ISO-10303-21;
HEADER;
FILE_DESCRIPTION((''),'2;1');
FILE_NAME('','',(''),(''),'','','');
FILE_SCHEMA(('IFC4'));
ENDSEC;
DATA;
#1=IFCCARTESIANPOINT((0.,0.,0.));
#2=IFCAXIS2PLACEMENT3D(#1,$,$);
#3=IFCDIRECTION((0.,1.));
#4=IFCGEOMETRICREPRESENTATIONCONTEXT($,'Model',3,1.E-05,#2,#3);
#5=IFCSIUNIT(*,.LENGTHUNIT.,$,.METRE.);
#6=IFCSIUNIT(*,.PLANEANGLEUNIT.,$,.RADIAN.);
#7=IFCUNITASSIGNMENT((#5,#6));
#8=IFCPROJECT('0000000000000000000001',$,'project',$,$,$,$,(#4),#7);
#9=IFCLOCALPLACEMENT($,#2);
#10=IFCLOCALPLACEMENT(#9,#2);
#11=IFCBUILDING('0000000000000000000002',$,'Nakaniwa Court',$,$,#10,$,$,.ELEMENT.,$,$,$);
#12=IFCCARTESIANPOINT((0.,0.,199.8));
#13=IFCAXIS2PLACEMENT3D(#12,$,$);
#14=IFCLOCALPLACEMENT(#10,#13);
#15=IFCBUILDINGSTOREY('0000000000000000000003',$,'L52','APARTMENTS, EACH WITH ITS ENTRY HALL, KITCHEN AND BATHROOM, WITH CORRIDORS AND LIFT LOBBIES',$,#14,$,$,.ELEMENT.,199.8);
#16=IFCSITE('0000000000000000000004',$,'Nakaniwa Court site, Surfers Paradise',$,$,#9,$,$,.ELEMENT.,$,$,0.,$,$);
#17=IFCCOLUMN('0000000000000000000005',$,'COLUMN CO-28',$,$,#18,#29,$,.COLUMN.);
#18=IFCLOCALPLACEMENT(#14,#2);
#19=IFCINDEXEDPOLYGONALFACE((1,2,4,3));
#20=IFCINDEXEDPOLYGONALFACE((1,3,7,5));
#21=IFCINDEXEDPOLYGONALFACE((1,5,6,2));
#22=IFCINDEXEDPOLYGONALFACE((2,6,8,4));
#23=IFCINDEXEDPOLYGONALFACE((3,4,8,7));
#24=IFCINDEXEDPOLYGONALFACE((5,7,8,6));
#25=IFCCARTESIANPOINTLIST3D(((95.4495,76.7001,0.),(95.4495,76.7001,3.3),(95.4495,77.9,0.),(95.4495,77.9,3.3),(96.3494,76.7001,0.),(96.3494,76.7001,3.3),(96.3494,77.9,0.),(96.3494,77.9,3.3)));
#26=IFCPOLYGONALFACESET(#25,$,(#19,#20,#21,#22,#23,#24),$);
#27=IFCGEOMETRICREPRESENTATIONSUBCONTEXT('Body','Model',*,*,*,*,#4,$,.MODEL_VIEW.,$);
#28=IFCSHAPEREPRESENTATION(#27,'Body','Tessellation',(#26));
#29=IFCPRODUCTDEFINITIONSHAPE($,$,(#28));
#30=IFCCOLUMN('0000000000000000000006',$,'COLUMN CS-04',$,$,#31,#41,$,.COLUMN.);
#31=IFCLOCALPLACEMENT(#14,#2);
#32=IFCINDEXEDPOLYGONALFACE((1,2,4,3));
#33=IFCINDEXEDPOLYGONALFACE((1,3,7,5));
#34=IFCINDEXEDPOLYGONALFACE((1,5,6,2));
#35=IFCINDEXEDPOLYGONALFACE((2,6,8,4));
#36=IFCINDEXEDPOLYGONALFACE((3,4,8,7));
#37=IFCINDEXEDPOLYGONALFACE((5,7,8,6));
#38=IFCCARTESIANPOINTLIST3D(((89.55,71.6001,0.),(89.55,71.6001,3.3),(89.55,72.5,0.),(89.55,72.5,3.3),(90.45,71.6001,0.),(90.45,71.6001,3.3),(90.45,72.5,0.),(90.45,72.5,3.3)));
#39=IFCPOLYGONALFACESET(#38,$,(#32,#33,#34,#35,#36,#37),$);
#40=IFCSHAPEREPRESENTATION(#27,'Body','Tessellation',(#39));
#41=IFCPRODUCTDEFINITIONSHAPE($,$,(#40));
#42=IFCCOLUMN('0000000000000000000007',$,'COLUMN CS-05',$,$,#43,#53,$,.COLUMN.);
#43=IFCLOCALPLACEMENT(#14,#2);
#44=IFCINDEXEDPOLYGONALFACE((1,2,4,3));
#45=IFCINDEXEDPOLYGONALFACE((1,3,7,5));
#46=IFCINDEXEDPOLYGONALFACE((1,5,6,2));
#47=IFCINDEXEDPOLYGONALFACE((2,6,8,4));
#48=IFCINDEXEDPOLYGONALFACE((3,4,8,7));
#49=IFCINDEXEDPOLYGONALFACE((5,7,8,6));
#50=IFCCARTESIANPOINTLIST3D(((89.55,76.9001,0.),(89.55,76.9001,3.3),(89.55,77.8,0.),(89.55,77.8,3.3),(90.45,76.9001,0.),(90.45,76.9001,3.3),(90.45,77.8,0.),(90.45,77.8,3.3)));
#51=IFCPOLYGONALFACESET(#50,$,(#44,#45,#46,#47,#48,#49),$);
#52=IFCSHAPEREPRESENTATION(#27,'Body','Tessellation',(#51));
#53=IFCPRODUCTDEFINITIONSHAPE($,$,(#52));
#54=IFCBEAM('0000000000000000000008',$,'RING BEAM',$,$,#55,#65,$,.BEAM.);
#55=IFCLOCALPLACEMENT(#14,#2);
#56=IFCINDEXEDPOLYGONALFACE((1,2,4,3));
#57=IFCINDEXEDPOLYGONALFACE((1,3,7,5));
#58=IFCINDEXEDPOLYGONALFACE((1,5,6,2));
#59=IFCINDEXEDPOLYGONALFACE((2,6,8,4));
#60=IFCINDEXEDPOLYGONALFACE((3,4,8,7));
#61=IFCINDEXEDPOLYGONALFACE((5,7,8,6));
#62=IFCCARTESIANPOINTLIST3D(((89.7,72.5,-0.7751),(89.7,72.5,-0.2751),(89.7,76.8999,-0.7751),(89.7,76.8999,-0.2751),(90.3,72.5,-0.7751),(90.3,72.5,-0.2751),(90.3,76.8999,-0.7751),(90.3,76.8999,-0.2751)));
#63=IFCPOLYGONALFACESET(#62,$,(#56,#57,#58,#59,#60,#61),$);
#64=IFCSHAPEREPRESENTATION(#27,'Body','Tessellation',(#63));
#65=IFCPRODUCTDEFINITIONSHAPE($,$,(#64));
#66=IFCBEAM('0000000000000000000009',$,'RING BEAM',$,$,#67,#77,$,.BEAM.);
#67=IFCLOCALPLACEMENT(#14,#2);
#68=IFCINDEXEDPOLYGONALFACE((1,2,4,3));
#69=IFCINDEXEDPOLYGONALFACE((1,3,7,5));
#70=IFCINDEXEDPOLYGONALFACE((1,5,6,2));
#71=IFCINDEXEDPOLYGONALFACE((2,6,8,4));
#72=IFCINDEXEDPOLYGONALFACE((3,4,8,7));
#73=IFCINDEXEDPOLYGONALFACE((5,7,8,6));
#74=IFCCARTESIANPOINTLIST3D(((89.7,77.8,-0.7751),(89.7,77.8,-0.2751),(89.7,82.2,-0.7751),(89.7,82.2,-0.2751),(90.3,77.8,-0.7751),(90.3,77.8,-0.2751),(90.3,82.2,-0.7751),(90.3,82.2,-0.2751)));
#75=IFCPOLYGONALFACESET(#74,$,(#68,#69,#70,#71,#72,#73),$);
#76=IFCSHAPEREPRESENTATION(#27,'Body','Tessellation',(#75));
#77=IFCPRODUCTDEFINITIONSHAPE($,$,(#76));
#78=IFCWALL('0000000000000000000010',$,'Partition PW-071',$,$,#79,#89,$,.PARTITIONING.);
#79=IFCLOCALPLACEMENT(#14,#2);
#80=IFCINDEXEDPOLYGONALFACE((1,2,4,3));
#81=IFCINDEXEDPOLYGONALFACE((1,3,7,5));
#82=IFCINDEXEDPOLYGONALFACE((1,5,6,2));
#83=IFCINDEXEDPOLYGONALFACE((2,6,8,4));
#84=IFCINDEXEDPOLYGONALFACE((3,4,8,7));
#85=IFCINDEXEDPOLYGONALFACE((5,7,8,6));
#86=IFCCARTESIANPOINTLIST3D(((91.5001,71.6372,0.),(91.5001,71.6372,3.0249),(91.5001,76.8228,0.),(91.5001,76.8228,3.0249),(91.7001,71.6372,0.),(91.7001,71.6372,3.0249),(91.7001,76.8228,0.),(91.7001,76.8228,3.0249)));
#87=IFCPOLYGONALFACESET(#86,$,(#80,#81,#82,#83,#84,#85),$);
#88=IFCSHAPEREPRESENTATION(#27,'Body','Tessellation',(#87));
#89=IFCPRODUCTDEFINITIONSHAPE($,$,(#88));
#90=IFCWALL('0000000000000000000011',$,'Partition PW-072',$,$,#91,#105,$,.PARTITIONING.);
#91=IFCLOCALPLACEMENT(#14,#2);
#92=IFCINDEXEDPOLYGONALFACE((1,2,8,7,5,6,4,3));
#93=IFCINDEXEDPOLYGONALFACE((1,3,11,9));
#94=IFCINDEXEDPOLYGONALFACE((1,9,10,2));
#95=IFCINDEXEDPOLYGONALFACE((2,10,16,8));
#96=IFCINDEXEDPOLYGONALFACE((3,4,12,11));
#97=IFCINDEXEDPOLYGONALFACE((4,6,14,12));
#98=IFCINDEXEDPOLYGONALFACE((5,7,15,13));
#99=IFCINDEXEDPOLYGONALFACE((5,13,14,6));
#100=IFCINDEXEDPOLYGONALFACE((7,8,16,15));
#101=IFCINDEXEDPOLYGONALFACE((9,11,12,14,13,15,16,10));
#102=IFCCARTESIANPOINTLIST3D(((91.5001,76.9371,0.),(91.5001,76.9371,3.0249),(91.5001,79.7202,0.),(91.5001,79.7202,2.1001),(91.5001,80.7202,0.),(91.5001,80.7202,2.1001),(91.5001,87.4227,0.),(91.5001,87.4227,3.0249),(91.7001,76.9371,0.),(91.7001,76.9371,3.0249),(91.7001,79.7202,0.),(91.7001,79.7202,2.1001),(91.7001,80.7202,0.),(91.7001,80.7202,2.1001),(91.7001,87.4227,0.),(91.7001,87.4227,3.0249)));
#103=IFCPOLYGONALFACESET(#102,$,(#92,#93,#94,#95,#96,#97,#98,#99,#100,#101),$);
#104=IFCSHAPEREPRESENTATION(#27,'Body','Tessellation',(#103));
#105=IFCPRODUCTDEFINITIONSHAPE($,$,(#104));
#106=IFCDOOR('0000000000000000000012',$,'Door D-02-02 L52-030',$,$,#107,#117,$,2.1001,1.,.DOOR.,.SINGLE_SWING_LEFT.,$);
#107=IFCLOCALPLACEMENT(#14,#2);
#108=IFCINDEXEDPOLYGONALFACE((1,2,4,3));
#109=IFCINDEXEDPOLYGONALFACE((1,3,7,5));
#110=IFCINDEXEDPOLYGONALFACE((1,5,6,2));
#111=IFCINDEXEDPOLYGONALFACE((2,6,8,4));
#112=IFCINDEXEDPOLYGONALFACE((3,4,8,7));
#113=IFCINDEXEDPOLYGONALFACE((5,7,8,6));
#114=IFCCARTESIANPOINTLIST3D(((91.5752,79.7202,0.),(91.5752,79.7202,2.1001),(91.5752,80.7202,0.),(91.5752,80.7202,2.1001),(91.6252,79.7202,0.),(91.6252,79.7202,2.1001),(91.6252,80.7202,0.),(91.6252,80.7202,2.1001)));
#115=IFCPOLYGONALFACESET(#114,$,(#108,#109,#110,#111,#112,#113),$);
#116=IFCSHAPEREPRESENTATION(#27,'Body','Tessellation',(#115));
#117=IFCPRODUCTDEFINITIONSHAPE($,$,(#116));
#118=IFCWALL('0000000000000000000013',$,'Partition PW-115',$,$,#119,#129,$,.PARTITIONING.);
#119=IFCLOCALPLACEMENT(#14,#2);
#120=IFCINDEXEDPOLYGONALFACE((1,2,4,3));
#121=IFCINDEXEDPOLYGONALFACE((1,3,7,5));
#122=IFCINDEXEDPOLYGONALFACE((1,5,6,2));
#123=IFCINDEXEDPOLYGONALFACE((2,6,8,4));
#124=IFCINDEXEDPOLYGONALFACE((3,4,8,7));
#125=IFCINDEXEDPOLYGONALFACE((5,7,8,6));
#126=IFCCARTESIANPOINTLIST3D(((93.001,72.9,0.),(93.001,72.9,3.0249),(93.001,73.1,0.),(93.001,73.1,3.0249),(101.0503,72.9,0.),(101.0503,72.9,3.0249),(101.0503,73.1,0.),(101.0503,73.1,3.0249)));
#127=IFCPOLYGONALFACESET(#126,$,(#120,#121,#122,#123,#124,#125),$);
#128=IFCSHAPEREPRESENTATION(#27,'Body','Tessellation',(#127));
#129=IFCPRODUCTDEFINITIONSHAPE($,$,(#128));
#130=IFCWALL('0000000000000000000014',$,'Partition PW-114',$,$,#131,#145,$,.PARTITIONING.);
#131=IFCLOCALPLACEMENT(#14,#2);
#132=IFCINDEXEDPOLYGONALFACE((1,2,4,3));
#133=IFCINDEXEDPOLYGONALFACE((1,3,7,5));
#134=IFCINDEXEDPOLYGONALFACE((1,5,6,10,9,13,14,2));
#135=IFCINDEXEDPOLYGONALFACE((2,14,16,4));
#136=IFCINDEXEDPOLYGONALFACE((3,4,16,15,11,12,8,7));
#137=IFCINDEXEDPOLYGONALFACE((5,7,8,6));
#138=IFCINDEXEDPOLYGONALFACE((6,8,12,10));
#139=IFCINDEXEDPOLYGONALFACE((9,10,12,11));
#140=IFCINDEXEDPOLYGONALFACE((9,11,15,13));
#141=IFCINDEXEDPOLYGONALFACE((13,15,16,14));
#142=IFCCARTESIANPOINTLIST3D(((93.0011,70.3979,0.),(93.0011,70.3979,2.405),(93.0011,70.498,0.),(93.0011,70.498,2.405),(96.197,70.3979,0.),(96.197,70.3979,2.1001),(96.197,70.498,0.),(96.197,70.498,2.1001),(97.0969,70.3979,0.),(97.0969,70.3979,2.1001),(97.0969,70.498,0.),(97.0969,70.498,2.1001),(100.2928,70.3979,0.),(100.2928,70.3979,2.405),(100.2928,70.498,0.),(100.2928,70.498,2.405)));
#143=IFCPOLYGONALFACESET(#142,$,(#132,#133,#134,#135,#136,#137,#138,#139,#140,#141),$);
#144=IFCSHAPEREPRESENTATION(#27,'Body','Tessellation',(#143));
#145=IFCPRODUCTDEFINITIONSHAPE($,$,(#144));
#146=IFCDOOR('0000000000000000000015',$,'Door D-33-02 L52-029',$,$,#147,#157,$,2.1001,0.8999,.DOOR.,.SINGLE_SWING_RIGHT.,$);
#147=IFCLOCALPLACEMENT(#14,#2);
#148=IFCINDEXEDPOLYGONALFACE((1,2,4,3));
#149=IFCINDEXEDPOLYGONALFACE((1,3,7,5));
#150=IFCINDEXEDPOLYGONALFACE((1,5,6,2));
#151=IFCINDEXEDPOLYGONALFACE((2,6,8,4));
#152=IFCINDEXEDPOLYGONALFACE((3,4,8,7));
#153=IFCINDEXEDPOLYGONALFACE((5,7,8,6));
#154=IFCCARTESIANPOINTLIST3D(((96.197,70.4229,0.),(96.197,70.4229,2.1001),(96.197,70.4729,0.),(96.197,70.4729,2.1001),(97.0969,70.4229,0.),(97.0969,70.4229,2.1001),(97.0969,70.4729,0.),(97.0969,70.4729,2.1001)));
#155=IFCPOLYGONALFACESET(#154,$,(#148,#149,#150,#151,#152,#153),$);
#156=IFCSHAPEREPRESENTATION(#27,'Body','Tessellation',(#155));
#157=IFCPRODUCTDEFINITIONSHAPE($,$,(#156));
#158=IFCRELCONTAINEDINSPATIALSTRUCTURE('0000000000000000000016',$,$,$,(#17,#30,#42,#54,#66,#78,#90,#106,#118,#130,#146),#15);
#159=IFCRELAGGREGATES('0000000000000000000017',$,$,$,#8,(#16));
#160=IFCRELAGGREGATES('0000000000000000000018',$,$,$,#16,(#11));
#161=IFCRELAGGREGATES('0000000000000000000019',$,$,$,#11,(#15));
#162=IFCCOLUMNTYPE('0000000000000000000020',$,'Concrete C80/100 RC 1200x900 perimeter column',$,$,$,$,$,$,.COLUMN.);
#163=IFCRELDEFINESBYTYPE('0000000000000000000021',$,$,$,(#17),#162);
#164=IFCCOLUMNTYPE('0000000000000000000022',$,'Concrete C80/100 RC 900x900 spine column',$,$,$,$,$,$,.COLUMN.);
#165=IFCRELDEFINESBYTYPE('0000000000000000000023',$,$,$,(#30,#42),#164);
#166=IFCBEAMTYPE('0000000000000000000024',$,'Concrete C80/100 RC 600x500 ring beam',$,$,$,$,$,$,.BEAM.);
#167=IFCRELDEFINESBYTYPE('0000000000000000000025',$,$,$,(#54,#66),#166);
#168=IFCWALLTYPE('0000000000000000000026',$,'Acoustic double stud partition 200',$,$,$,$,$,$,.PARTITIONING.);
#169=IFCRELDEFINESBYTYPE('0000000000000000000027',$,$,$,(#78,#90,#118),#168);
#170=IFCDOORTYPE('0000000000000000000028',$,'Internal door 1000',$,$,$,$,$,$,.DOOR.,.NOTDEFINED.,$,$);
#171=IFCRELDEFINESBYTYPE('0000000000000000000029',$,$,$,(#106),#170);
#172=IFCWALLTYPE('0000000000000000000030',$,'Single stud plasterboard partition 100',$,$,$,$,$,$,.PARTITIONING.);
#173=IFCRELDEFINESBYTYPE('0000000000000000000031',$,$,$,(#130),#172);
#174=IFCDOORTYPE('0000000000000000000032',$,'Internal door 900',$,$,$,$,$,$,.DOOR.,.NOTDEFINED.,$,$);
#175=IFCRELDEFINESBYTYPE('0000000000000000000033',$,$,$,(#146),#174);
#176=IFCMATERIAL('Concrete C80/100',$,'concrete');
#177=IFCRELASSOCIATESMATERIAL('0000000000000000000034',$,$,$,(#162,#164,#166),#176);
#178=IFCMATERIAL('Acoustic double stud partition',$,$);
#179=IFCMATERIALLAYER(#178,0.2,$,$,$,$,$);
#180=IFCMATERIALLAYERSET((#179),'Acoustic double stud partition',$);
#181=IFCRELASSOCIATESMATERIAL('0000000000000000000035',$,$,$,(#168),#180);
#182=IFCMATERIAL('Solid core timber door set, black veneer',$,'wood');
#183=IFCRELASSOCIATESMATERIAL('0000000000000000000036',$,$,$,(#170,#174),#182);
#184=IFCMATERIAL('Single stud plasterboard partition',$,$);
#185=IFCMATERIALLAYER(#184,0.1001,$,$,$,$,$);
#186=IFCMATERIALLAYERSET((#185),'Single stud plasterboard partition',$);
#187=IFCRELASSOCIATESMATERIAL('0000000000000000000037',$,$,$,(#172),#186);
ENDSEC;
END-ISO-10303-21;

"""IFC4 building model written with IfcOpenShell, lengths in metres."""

from ifc_helpers import new_model, si_unit, direction, frame, frame_2d, origin, origin_2d, place, context, subcontext, project, spatial, rectangle, extrude, material, layer, layer_set, material_profile, profile_set, type_object, element, fill, save


model = new_model("IFC4")

# Units and contexts
model_context = context("Model", 3, precision=1e-05, world=origin(), true_north=direction((0.0, 1.0)))
body_context = subcontext(model_context, "Body", "Model", "MODEL_VIEW")
ifc_project = project(units=[si_unit("LENGTHUNIT", "METRE"), si_unit("PLANEANGLEUNIT", "RADIAN")], contexts=[model_context])

# Site, building, storey
site_placement = place(None, origin())
site = spatial("IfcSite", under=ifc_project, at=site_placement, Name="Nakaniwa Court site, Surfers Paradise", CompositionType="ELEMENT", RefElevation=0.0)
building_placement = place(site_placement, origin())
building = spatial("IfcBuilding", under=site, at=building_placement, Name="Nakaniwa Court", CompositionType="ELEMENT")
storey_placement = place(building_placement, frame((0.0, 0.0, 199.8)))
storey = spatial("IfcBuildingStorey", under=building, at=storey_placement, Name="L52", Description="APARTMENTS, EACH WITH ITS ENTRY HALL, KITCHEN AND BATHROOM, WITH CORRIDORS AND LIFT LOBBIES", CompositionType="ELEMENT", Elevation=199.8)

# Columns
ifc_material_1 = material(Name="Concrete C80/100", Category="concrete")
ifc_material_profile_1 = material_profile(ifc_material_1, rectangle(XDim=1.2, YDim=0.8999, at=origin_2d()), Name="Concrete C80/100 RC 1200x900 perimeter column")
ifc_profile_set_1 = profile_set([ifc_material_profile_1], Name="Concrete C80/100")
column_type_1 = type_object("IfcColumnType", Name="Concrete C80/100 RC 1200x900 perimeter column", PredefinedType="COLUMN", material=ifc_profile_set_1)
column_placement = place(storey_placement, frame((95.8994, 77.3, 0.0), z_axis=(0.0, 0.0, 1.0), x_axis=(0.0, 1.0, 0.0)))
element("IfcColumn", 1, at=column_placement, inside=storey, type_object=column_type_1, Name="COLUMN CO-28", PredefinedType="COLUMN", context=body_context, shape_type="SweptSolid", body=[
    extrude(rectangle(XDim=1.2, YDim=0.8999, at=origin_2d()), origin(), (0.0, 0.0, 1.0), 3.3),
])
ifc_material_profile_2 = material_profile(ifc_material_1, rectangle(XDim=0.8999, YDim=0.8999, at=origin_2d()), Name="Concrete C80/100 RC 900x900 spine column")
ifc_profile_set_2 = profile_set([ifc_material_profile_2], Name="Concrete C80/100")
column_type_2 = type_object("IfcColumnType", Name="Concrete C80/100 RC 900x900 spine column", PredefinedType="COLUMN", material=ifc_profile_set_2)
for number, where, z_axis, x_axis, name in (
    (2, (90.0, 72.05, 0.0), (0.0, 0.0, 1.0), (0.0, 1.0, 0.0), "COLUMN CS-04"),
    (3, (90.0, 77.3501, 0.0), (0.0, 0.0, 1.0), (0.0, 1.0, 0.0), "COLUMN CS-05"),
):
    element("IfcColumn", number, at=place(storey_placement, frame(where, z_axis=z_axis, x_axis=x_axis)), inside=storey, type_object=column_type_2, Name=name, PredefinedType="COLUMN", context=body_context, shape_type="SweptSolid", body=[
        extrude(rectangle(XDim=0.8999, YDim=0.8999, at=origin_2d()), origin(), (0.0, 0.0, 1.0), 3.3),
    ])

# Beams
ifc_material_profile_3 = material_profile(ifc_material_1, rectangle(XDim=0.6001, YDim=0.5, at=origin_2d()), Name="Concrete C80/100 RC 600x500 ring beam")
ifc_profile_set_3 = profile_set([ifc_material_profile_3], Name="Concrete C80/100")
beam_type = type_object("IfcBeamType", Name="Concrete C80/100 RC 600x500 ring beam", PredefinedType="BEAM", material=ifc_profile_set_3)
for number, where, z_axis, x_axis, name in (
    (4, (90.0, 72.5, -0.5251), (0.0, 1.0, 0.0), (-1.0, 0.0, 0.0), "RING BEAM"),
    (5, (90.0, 77.8, -0.5251), (0.0, 1.0, 0.0), (-1.0, 0.0, 0.0), "RING BEAM"),
):
    element("IfcBeam", number, at=place(storey_placement, frame(where, z_axis=z_axis, x_axis=x_axis)), inside=storey, type_object=beam_type, Name=name, PredefinedType="BEAM", context=body_context, shape_type="SweptSolid", body=[
        extrude(rectangle(XDim=0.6001, YDim=0.5, at=origin_2d()), origin(), (0.0, 0.0, 1.0), 4.3999),
    ])

# Wall
ifc_material_2 = material(Name="Acoustic double stud partition")
ifc_layer_1 = layer(ifc_material_2, 0.2)
ifc_layer_set_1 = layer_set([ifc_layer_1], Name="Acoustic double stud partition")
wall_type_1 = type_object("IfcWallType", Name="Acoustic double stud partition 200", PredefinedType="PARTITIONING", material=ifc_layer_set_1)
wall_1_placement = place(storey_placement, frame((91.6001, 71.6372, 0.0), z_axis=(0.0, 0.0, 1.0), x_axis=(0.0, 1.0, 0.0)))
element("IfcWall", 6, at=wall_1_placement, inside=storey, type_object=wall_type_1, Name="Partition PW-071", PredefinedType="PARTITIONING", context=body_context, shape_type="SweptSolid", body=[
    extrude(rectangle(XDim=5.1855, YDim=0.2, at=frame_2d((2.5928, 0.0))), origin(), (0.0, 0.0, 1.0), 3.0249),
])

# Wall, opening, door
wall_2_placement = place(storey_placement, frame((91.6001, 76.9373, 0.0), z_axis=(0.0, 0.0, 1.0), x_axis=(0.0, 1.0, 0.0)))
wall_2 = element("IfcWall", 7, at=wall_2_placement, inside=storey, type_object=wall_type_1, Name="Partition PW-072", PredefinedType="PARTITIONING", context=body_context, shape_type="SweptSolid", body=[
    extrude(rectangle(XDim=10.4856, YDim=0.2, at=frame_2d((5.2427, 0.0))), origin(), (0.0, 0.0, 1.0), 3.0249),
])
opening_1_placement = place(wall_2_placement, frame((2.783, 0.0, 0.0)))
opening_1 = element("IfcOpeningElement", 8, at=opening_1_placement, cuts=wall_2, PredefinedType="OPENING", context=body_context, shape_type="SweptSolid", body=[
    extrude(rectangle(XDim=1.0, YDim=2.1001, at=frame_2d((0.5, 1.05))), frame((0.0, 0.1099, 0.0), z_axis=(0.0, -1.0, 0.0), x_axis=(1.0, 0.0, 0.0)), (0.0, 0.0, 1.0), 0.22),
])
ifc_material_3 = material(Name="Solid core timber door set, black veneer", Category="wood")
door_type_1 = type_object("IfcDoorType", Name="Internal door 1000", OperationType="NOTDEFINED", PredefinedType="DOOR", material=ifc_material_3)
door_1_placement = place(opening_1_placement, origin())
door_1 = element("IfcDoor", 9, at=door_1_placement, inside=storey, type_object=door_type_1, Name="Door D-02-02 L52-030", OperationType="SINGLE_SWING_LEFT", OverallHeight=2.1001, OverallWidth=1.0, PredefinedType="DOOR", context=body_context, shape_type="SweptSolid", body=[
    extrude(rectangle(XDim=1.0, YDim=2.1001, at=frame_2d((0.5, 1.05))), frame((0.0, 0.0249, 0.0), z_axis=(0.0, -1.0, 0.0), x_axis=(1.0, 0.0, 0.0)), (0.0, 0.0, 1.0), 0.05),
])
fill(opening_1, door_1)

# Wall
wall_3_placement = place(storey_placement, frame((93.001, 73.0, 0.0), z_axis=(0.0, 0.0, 1.0), x_axis=(1.0, 0.0, 0.0)))
element("IfcWall", 10, at=wall_3_placement, inside=storey, type_object=wall_type_1, Name="Partition PW-115", PredefinedType="PARTITIONING", context=body_context, shape_type="SweptSolid", body=[
    extrude(rectangle(XDim=8.0493, YDim=0.2, at=frame_2d((4.0247, 0.0))), origin(), (0.0, 0.0, 1.0), 3.0249),
])

# Wall, opening, door
ifc_material_4 = material(Name="Single stud plasterboard partition")
ifc_layer_2 = layer(ifc_material_4, 0.1001)
ifc_layer_set_2 = layer_set([ifc_layer_2], Name="Single stud plasterboard partition")
wall_type_2 = type_object("IfcWallType", Name="Single stud plasterboard partition 100", PredefinedType="PARTITIONING", material=ifc_layer_set_2)
wall_4_placement = place(storey_placement, frame((93.001, 70.448, 0.0), z_axis=(0.0, 0.0, 1.0), x_axis=(1.0, 0.0, 0.0)))
wall_4 = element("IfcWall", 11, at=wall_4_placement, inside=storey, type_object=wall_type_2, Name="Partition PW-114", PredefinedType="PARTITIONING", context=body_context, shape_type="SweptSolid", body=[
    extrude(rectangle(XDim=7.2917, YDim=0.1001, at=frame_2d((3.646, 0.0))), origin(), (0.0, 0.0, 1.0), 2.405),
])
opening_2_placement = place(wall_4_placement, frame((3.196, 0.0, 0.0)))
opening_2 = element("IfcOpeningElement", 12, at=opening_2_placement, cuts=wall_4, PredefinedType="OPENING", context=body_context, shape_type="SweptSolid", body=[
    extrude(rectangle(XDim=0.8999, YDim=2.1001, at=frame_2d((0.45, 1.05))), frame((0.0, 0.0601, 0.0), z_axis=(0.0, -1.0, 0.0), x_axis=(1.0, 0.0, 0.0)), (0.0, 0.0, 1.0), 0.1201),
])
door_type_2 = type_object("IfcDoorType", Name="Internal door 900", OperationType="NOTDEFINED", PredefinedType="DOOR", material=ifc_material_3)
door_2_placement = place(opening_2_placement, origin())
door_2 = element("IfcDoor", 13, at=door_2_placement, inside=storey, type_object=door_type_2, Name="Door D-33-02 L52-029", OperationType="SINGLE_SWING_RIGHT", OverallHeight=2.1001, OverallWidth=0.8999, PredefinedType="DOOR", context=body_context, shape_type="SweptSolid", body=[
    extrude(rectangle(XDim=0.8999, YDim=2.1001, at=frame_2d((0.45, 1.05))), frame((0.0, 0.0249, 0.0), z_axis=(0.0, -1.0, 0.0), x_axis=(1.0, 0.0, 0.0)), (0.0, 0.0, 1.0), 0.05),
])
fill(opening_2, door_2)

save(model, "model.ifc")
